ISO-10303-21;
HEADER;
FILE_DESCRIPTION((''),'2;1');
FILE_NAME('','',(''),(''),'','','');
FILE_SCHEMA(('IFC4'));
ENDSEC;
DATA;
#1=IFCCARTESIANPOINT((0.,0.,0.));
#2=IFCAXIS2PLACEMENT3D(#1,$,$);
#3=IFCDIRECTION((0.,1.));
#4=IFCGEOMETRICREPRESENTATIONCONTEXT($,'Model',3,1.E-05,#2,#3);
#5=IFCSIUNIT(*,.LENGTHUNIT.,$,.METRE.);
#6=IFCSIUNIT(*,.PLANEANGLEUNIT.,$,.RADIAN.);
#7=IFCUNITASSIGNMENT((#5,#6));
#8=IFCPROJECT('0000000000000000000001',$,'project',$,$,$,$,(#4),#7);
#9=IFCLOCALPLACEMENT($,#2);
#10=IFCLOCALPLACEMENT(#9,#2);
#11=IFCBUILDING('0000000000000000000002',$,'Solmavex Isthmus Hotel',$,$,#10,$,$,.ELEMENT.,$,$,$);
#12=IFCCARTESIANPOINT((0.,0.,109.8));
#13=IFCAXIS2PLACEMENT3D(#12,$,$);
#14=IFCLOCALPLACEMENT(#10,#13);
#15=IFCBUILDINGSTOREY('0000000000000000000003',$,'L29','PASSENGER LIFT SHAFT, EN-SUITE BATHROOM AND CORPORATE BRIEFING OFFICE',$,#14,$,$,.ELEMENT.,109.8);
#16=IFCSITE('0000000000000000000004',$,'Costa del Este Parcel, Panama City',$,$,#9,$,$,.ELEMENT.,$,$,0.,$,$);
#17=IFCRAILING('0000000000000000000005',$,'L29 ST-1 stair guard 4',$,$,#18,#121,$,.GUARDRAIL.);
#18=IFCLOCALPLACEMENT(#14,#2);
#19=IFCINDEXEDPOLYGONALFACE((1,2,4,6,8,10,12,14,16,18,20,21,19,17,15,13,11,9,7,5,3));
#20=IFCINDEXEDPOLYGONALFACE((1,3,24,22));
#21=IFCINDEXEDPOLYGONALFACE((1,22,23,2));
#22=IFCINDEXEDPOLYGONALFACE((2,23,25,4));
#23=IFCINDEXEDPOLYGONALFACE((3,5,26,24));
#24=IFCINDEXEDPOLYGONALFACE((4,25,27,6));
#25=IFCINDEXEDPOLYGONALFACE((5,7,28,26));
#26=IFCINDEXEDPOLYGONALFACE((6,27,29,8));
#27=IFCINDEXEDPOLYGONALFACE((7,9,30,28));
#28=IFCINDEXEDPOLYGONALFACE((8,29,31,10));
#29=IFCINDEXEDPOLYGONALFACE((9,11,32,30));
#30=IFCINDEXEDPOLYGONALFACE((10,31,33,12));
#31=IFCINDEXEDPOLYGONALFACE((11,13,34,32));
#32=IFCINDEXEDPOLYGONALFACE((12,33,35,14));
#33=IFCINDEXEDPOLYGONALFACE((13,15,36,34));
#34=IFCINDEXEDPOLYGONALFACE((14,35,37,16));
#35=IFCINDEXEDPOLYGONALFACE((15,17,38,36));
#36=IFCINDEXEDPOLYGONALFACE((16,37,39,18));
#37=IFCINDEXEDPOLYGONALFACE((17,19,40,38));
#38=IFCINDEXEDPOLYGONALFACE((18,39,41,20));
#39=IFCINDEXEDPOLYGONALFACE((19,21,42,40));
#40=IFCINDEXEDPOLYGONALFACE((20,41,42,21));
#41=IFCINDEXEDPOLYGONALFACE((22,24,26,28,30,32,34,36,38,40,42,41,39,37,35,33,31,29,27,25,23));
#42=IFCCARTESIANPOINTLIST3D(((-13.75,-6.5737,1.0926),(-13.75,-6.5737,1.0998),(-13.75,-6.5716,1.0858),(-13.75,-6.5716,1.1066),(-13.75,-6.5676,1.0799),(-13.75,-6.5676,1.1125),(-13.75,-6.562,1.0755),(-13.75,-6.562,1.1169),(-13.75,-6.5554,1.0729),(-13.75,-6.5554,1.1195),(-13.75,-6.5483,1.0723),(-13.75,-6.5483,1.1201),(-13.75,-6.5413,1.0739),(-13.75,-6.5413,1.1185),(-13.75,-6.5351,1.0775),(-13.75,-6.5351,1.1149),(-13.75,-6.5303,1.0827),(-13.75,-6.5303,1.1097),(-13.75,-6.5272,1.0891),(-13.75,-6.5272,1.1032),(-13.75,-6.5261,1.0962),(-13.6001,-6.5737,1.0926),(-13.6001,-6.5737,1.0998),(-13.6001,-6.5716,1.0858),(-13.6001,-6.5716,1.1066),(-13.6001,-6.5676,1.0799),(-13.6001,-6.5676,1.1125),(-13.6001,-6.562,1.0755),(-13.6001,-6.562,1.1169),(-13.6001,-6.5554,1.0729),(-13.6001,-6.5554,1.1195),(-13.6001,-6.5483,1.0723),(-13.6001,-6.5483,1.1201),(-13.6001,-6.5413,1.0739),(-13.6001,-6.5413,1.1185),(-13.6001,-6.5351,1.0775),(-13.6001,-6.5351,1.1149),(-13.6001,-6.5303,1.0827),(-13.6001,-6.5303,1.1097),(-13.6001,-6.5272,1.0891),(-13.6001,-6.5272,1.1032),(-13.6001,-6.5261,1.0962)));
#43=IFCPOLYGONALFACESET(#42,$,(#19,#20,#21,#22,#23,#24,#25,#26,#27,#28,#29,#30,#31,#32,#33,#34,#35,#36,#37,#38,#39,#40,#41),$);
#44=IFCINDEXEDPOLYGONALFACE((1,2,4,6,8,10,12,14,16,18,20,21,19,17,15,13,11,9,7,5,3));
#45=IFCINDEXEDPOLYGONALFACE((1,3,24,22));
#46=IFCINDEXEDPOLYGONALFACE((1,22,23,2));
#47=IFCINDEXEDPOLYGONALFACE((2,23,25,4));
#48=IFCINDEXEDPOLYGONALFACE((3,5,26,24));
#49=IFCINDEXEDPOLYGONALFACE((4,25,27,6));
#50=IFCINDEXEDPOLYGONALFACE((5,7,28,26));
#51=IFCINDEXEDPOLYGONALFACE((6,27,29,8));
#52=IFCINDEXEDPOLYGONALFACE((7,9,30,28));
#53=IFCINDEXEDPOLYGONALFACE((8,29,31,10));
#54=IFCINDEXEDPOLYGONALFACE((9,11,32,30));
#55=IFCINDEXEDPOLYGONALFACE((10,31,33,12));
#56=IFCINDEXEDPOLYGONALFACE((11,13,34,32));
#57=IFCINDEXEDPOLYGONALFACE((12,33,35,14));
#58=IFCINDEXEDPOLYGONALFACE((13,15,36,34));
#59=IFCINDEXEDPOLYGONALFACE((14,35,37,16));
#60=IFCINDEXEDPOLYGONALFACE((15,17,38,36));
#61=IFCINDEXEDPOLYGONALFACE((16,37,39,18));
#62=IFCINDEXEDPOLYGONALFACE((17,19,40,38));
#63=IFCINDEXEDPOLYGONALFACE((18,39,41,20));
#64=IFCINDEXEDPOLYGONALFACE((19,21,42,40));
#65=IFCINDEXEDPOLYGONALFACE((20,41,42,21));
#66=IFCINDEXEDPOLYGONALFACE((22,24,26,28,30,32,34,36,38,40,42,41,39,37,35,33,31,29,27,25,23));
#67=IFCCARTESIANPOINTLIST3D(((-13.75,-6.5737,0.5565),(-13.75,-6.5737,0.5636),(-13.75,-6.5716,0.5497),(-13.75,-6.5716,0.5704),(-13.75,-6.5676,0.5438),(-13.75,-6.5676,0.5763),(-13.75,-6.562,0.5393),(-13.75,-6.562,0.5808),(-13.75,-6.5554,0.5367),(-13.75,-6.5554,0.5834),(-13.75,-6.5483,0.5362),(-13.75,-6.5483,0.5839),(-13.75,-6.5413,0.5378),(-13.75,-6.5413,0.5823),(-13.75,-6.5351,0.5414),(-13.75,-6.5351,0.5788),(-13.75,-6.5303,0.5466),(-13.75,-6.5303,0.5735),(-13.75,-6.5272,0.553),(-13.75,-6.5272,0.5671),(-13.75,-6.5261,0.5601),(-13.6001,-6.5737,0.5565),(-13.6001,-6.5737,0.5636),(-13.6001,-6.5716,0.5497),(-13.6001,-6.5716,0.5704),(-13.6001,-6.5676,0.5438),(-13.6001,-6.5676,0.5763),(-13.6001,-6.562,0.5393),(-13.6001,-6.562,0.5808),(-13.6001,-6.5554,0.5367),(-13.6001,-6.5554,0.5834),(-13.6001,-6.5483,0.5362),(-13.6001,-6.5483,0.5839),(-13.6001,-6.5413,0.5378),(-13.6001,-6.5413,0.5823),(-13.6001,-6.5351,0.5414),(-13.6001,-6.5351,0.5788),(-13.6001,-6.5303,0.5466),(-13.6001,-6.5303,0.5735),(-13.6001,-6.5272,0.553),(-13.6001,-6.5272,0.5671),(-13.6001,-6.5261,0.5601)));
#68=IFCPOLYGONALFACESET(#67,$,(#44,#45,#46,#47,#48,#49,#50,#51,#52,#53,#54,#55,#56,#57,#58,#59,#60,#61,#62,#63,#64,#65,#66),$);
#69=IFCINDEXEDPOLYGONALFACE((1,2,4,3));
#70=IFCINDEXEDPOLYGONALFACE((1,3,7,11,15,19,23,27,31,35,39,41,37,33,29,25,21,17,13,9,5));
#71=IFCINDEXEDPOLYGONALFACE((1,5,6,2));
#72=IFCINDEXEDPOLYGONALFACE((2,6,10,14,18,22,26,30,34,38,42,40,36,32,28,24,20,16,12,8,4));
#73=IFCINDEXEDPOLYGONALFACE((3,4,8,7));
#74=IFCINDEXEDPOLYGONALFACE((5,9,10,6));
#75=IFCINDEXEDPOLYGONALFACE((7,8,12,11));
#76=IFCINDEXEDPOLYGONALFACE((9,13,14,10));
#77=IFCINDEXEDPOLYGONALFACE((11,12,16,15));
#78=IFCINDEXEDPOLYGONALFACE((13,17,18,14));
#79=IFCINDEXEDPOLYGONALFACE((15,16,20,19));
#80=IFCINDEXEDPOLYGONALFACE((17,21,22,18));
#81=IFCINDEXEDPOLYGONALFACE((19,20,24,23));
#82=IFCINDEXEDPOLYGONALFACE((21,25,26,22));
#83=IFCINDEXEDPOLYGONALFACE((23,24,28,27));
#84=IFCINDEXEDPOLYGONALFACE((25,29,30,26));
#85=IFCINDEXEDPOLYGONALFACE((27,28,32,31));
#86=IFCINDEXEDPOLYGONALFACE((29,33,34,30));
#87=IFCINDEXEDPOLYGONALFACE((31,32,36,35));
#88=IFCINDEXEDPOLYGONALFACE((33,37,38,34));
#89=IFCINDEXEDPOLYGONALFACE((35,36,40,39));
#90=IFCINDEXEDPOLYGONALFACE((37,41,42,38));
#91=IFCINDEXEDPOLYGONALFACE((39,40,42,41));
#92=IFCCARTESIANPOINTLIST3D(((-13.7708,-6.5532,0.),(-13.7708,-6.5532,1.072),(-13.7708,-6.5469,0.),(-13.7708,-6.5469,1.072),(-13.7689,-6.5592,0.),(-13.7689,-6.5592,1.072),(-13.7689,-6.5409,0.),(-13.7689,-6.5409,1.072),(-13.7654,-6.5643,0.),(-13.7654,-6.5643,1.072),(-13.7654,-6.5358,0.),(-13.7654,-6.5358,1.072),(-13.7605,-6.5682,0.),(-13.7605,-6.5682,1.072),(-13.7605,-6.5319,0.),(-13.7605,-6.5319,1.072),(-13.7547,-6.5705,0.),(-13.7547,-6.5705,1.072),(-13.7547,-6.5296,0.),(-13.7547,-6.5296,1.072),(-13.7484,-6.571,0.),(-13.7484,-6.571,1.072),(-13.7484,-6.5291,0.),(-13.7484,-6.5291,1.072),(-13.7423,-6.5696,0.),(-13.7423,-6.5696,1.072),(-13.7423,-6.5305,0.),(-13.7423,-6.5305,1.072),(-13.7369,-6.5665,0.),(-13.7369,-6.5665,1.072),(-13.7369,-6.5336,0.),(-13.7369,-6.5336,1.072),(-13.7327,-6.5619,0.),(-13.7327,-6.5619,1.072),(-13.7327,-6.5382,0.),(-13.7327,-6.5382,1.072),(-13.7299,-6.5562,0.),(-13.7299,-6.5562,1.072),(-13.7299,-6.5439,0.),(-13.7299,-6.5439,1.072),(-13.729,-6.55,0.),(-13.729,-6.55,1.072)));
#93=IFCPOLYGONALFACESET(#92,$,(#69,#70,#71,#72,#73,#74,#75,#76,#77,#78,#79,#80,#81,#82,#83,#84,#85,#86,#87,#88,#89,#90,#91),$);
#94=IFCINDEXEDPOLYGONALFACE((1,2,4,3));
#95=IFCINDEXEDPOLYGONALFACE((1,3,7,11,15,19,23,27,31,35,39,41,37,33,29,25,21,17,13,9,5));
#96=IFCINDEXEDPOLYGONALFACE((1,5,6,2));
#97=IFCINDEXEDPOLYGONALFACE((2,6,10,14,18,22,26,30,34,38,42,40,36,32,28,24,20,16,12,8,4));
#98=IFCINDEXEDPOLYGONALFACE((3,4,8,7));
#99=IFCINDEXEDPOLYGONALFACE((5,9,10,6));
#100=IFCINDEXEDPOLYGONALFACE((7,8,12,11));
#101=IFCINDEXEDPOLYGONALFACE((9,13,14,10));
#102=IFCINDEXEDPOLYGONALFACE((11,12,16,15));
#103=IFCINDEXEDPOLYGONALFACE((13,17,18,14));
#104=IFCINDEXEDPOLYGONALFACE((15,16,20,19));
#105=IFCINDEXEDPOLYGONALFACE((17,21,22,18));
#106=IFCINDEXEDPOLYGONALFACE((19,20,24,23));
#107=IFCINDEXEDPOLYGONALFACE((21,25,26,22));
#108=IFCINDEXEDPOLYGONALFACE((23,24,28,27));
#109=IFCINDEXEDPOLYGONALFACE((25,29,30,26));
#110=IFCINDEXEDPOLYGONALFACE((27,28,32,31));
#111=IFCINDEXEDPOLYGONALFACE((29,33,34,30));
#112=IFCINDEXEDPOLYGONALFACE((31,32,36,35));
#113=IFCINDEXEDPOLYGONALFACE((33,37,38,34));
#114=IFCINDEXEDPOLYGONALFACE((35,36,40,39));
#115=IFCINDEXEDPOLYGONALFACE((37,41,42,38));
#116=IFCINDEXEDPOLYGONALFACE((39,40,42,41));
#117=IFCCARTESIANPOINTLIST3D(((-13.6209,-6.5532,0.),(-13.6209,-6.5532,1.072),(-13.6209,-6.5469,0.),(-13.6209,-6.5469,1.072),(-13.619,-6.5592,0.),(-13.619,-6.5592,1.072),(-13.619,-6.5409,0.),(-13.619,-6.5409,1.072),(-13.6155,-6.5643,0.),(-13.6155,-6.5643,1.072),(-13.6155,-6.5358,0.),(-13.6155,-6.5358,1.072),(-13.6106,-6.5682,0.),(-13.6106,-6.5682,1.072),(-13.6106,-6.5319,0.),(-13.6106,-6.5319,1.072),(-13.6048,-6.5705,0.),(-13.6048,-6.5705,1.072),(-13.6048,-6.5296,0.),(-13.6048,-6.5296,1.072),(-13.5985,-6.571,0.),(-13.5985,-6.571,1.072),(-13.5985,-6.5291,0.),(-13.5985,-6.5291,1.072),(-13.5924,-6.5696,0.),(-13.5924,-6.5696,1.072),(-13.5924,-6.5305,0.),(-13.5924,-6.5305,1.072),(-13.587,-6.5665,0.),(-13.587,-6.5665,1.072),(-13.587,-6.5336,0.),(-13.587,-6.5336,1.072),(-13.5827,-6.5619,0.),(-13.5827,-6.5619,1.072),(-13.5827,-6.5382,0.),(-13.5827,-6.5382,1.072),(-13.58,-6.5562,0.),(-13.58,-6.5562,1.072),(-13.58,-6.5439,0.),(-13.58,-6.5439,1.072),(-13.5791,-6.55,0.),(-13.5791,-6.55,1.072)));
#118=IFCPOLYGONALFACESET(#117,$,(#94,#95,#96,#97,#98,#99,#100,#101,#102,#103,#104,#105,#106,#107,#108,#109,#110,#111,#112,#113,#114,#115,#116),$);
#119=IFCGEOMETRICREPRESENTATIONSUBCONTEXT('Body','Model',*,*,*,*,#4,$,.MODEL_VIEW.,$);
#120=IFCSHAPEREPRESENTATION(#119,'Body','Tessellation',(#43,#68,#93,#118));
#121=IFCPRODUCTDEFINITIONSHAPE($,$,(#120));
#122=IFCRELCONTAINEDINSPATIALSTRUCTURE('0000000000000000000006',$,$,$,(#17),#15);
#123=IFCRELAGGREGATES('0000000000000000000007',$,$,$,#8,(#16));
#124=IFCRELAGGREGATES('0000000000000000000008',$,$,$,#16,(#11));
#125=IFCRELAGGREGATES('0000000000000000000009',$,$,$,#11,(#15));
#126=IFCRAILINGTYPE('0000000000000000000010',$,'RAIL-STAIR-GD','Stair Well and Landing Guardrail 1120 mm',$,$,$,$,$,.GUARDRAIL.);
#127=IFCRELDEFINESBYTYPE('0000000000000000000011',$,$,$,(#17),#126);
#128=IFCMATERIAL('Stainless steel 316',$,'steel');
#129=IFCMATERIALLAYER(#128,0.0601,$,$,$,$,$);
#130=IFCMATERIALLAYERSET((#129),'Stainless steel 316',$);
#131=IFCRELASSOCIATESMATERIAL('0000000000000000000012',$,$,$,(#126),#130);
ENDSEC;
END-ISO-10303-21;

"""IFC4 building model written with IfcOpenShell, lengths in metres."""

from ifc_helpers import new_model, si_unit, direction, frame, origin, origin_2d, place, context, subcontext, project, spatial, circle, extrude, material, layer, layer_set, type_object, element, save


model = new_model("IFC4")

# Units and contexts
model_context = context("Model", 3, precision=1e-05, world=origin(), true_north=direction((0.0, 1.0)))
body_context = subcontext(model_context, "Body", "Model", "MODEL_VIEW")
ifc_project = project(units=[si_unit("LENGTHUNIT", "METRE"), si_unit("PLANEANGLEUNIT", "RADIAN")], contexts=[model_context])

# Site, building, storey
site_placement = place(None, origin())
site = spatial("IfcSite", under=ifc_project, at=site_placement, Name="Costa del Este Parcel, Panama City", CompositionType="ELEMENT", RefElevation=0.0)
building_placement = place(site_placement, origin())
building = spatial("IfcBuilding", under=site, at=building_placement, Name="Solmavex Isthmus Hotel", CompositionType="ELEMENT")
storey_placement = place(building_placement, frame((0.0, 0.0, 109.8)))
storey = spatial("IfcBuildingStorey", under=building, at=storey_placement, Name="L29", Description="PASSENGER LIFT SHAFT, EN-SUITE BATHROOM AND CORPORATE BRIEFING OFFICE", CompositionType="ELEMENT", Elevation=109.8)

# Shared definitions
ifc_material_1 = material(Name="Stainless steel 316", Category="steel")

# Railing
ifc_layer_1 = layer(ifc_material_1, 0.0601)
ifc_layer_set_1 = layer_set([ifc_layer_1], Name="Stainless steel 316")
railing_type_1 = type_object("IfcRailingType", Name="RAIL-STAIR-GD", Description="Stair Well and Landing Guardrail 1120 mm", PredefinedType="GUARDRAIL", material=ifc_layer_set_1)
railing_1_placement = place(storey_placement, frame((-13.75, -6.55, 0.0)))
element("IfcRailing", 1, at=railing_1_placement, inside=storey, type_object=railing_type_1, Name="L29 ST-1 stair guard 4", PredefinedType="GUARDRAIL", context=body_context, shape_type="SweptSolid", body=[
    extrude(circle(Radius=0.0239, at=origin_2d()), frame((0.0, 0.0, 1.0962), z_axis=(1.0, 0.0, 0.0), x_axis=(0.0, 1.0, 0.0)), (0.0, 0.0, 1.0), 0.1499),
    extrude(circle(Radius=0.0239, at=origin_2d()), frame((0.0, 0.0, 0.5601), z_axis=(1.0, 0.0, 0.0), x_axis=(0.0, 1.0, 0.0)), (0.0, 0.0, 1.0), 0.1499),
    extrude(circle(Radius=0.021, at=origin_2d()), origin(), (0.0, 0.0, 1.0), 1.072),
    extrude(circle(Radius=0.021, at=origin_2d()), frame((0.1499, 0.0, 0.0)), (0.0, 0.0, 1.0), 1.072),
])

save(model, "model.ifc")
